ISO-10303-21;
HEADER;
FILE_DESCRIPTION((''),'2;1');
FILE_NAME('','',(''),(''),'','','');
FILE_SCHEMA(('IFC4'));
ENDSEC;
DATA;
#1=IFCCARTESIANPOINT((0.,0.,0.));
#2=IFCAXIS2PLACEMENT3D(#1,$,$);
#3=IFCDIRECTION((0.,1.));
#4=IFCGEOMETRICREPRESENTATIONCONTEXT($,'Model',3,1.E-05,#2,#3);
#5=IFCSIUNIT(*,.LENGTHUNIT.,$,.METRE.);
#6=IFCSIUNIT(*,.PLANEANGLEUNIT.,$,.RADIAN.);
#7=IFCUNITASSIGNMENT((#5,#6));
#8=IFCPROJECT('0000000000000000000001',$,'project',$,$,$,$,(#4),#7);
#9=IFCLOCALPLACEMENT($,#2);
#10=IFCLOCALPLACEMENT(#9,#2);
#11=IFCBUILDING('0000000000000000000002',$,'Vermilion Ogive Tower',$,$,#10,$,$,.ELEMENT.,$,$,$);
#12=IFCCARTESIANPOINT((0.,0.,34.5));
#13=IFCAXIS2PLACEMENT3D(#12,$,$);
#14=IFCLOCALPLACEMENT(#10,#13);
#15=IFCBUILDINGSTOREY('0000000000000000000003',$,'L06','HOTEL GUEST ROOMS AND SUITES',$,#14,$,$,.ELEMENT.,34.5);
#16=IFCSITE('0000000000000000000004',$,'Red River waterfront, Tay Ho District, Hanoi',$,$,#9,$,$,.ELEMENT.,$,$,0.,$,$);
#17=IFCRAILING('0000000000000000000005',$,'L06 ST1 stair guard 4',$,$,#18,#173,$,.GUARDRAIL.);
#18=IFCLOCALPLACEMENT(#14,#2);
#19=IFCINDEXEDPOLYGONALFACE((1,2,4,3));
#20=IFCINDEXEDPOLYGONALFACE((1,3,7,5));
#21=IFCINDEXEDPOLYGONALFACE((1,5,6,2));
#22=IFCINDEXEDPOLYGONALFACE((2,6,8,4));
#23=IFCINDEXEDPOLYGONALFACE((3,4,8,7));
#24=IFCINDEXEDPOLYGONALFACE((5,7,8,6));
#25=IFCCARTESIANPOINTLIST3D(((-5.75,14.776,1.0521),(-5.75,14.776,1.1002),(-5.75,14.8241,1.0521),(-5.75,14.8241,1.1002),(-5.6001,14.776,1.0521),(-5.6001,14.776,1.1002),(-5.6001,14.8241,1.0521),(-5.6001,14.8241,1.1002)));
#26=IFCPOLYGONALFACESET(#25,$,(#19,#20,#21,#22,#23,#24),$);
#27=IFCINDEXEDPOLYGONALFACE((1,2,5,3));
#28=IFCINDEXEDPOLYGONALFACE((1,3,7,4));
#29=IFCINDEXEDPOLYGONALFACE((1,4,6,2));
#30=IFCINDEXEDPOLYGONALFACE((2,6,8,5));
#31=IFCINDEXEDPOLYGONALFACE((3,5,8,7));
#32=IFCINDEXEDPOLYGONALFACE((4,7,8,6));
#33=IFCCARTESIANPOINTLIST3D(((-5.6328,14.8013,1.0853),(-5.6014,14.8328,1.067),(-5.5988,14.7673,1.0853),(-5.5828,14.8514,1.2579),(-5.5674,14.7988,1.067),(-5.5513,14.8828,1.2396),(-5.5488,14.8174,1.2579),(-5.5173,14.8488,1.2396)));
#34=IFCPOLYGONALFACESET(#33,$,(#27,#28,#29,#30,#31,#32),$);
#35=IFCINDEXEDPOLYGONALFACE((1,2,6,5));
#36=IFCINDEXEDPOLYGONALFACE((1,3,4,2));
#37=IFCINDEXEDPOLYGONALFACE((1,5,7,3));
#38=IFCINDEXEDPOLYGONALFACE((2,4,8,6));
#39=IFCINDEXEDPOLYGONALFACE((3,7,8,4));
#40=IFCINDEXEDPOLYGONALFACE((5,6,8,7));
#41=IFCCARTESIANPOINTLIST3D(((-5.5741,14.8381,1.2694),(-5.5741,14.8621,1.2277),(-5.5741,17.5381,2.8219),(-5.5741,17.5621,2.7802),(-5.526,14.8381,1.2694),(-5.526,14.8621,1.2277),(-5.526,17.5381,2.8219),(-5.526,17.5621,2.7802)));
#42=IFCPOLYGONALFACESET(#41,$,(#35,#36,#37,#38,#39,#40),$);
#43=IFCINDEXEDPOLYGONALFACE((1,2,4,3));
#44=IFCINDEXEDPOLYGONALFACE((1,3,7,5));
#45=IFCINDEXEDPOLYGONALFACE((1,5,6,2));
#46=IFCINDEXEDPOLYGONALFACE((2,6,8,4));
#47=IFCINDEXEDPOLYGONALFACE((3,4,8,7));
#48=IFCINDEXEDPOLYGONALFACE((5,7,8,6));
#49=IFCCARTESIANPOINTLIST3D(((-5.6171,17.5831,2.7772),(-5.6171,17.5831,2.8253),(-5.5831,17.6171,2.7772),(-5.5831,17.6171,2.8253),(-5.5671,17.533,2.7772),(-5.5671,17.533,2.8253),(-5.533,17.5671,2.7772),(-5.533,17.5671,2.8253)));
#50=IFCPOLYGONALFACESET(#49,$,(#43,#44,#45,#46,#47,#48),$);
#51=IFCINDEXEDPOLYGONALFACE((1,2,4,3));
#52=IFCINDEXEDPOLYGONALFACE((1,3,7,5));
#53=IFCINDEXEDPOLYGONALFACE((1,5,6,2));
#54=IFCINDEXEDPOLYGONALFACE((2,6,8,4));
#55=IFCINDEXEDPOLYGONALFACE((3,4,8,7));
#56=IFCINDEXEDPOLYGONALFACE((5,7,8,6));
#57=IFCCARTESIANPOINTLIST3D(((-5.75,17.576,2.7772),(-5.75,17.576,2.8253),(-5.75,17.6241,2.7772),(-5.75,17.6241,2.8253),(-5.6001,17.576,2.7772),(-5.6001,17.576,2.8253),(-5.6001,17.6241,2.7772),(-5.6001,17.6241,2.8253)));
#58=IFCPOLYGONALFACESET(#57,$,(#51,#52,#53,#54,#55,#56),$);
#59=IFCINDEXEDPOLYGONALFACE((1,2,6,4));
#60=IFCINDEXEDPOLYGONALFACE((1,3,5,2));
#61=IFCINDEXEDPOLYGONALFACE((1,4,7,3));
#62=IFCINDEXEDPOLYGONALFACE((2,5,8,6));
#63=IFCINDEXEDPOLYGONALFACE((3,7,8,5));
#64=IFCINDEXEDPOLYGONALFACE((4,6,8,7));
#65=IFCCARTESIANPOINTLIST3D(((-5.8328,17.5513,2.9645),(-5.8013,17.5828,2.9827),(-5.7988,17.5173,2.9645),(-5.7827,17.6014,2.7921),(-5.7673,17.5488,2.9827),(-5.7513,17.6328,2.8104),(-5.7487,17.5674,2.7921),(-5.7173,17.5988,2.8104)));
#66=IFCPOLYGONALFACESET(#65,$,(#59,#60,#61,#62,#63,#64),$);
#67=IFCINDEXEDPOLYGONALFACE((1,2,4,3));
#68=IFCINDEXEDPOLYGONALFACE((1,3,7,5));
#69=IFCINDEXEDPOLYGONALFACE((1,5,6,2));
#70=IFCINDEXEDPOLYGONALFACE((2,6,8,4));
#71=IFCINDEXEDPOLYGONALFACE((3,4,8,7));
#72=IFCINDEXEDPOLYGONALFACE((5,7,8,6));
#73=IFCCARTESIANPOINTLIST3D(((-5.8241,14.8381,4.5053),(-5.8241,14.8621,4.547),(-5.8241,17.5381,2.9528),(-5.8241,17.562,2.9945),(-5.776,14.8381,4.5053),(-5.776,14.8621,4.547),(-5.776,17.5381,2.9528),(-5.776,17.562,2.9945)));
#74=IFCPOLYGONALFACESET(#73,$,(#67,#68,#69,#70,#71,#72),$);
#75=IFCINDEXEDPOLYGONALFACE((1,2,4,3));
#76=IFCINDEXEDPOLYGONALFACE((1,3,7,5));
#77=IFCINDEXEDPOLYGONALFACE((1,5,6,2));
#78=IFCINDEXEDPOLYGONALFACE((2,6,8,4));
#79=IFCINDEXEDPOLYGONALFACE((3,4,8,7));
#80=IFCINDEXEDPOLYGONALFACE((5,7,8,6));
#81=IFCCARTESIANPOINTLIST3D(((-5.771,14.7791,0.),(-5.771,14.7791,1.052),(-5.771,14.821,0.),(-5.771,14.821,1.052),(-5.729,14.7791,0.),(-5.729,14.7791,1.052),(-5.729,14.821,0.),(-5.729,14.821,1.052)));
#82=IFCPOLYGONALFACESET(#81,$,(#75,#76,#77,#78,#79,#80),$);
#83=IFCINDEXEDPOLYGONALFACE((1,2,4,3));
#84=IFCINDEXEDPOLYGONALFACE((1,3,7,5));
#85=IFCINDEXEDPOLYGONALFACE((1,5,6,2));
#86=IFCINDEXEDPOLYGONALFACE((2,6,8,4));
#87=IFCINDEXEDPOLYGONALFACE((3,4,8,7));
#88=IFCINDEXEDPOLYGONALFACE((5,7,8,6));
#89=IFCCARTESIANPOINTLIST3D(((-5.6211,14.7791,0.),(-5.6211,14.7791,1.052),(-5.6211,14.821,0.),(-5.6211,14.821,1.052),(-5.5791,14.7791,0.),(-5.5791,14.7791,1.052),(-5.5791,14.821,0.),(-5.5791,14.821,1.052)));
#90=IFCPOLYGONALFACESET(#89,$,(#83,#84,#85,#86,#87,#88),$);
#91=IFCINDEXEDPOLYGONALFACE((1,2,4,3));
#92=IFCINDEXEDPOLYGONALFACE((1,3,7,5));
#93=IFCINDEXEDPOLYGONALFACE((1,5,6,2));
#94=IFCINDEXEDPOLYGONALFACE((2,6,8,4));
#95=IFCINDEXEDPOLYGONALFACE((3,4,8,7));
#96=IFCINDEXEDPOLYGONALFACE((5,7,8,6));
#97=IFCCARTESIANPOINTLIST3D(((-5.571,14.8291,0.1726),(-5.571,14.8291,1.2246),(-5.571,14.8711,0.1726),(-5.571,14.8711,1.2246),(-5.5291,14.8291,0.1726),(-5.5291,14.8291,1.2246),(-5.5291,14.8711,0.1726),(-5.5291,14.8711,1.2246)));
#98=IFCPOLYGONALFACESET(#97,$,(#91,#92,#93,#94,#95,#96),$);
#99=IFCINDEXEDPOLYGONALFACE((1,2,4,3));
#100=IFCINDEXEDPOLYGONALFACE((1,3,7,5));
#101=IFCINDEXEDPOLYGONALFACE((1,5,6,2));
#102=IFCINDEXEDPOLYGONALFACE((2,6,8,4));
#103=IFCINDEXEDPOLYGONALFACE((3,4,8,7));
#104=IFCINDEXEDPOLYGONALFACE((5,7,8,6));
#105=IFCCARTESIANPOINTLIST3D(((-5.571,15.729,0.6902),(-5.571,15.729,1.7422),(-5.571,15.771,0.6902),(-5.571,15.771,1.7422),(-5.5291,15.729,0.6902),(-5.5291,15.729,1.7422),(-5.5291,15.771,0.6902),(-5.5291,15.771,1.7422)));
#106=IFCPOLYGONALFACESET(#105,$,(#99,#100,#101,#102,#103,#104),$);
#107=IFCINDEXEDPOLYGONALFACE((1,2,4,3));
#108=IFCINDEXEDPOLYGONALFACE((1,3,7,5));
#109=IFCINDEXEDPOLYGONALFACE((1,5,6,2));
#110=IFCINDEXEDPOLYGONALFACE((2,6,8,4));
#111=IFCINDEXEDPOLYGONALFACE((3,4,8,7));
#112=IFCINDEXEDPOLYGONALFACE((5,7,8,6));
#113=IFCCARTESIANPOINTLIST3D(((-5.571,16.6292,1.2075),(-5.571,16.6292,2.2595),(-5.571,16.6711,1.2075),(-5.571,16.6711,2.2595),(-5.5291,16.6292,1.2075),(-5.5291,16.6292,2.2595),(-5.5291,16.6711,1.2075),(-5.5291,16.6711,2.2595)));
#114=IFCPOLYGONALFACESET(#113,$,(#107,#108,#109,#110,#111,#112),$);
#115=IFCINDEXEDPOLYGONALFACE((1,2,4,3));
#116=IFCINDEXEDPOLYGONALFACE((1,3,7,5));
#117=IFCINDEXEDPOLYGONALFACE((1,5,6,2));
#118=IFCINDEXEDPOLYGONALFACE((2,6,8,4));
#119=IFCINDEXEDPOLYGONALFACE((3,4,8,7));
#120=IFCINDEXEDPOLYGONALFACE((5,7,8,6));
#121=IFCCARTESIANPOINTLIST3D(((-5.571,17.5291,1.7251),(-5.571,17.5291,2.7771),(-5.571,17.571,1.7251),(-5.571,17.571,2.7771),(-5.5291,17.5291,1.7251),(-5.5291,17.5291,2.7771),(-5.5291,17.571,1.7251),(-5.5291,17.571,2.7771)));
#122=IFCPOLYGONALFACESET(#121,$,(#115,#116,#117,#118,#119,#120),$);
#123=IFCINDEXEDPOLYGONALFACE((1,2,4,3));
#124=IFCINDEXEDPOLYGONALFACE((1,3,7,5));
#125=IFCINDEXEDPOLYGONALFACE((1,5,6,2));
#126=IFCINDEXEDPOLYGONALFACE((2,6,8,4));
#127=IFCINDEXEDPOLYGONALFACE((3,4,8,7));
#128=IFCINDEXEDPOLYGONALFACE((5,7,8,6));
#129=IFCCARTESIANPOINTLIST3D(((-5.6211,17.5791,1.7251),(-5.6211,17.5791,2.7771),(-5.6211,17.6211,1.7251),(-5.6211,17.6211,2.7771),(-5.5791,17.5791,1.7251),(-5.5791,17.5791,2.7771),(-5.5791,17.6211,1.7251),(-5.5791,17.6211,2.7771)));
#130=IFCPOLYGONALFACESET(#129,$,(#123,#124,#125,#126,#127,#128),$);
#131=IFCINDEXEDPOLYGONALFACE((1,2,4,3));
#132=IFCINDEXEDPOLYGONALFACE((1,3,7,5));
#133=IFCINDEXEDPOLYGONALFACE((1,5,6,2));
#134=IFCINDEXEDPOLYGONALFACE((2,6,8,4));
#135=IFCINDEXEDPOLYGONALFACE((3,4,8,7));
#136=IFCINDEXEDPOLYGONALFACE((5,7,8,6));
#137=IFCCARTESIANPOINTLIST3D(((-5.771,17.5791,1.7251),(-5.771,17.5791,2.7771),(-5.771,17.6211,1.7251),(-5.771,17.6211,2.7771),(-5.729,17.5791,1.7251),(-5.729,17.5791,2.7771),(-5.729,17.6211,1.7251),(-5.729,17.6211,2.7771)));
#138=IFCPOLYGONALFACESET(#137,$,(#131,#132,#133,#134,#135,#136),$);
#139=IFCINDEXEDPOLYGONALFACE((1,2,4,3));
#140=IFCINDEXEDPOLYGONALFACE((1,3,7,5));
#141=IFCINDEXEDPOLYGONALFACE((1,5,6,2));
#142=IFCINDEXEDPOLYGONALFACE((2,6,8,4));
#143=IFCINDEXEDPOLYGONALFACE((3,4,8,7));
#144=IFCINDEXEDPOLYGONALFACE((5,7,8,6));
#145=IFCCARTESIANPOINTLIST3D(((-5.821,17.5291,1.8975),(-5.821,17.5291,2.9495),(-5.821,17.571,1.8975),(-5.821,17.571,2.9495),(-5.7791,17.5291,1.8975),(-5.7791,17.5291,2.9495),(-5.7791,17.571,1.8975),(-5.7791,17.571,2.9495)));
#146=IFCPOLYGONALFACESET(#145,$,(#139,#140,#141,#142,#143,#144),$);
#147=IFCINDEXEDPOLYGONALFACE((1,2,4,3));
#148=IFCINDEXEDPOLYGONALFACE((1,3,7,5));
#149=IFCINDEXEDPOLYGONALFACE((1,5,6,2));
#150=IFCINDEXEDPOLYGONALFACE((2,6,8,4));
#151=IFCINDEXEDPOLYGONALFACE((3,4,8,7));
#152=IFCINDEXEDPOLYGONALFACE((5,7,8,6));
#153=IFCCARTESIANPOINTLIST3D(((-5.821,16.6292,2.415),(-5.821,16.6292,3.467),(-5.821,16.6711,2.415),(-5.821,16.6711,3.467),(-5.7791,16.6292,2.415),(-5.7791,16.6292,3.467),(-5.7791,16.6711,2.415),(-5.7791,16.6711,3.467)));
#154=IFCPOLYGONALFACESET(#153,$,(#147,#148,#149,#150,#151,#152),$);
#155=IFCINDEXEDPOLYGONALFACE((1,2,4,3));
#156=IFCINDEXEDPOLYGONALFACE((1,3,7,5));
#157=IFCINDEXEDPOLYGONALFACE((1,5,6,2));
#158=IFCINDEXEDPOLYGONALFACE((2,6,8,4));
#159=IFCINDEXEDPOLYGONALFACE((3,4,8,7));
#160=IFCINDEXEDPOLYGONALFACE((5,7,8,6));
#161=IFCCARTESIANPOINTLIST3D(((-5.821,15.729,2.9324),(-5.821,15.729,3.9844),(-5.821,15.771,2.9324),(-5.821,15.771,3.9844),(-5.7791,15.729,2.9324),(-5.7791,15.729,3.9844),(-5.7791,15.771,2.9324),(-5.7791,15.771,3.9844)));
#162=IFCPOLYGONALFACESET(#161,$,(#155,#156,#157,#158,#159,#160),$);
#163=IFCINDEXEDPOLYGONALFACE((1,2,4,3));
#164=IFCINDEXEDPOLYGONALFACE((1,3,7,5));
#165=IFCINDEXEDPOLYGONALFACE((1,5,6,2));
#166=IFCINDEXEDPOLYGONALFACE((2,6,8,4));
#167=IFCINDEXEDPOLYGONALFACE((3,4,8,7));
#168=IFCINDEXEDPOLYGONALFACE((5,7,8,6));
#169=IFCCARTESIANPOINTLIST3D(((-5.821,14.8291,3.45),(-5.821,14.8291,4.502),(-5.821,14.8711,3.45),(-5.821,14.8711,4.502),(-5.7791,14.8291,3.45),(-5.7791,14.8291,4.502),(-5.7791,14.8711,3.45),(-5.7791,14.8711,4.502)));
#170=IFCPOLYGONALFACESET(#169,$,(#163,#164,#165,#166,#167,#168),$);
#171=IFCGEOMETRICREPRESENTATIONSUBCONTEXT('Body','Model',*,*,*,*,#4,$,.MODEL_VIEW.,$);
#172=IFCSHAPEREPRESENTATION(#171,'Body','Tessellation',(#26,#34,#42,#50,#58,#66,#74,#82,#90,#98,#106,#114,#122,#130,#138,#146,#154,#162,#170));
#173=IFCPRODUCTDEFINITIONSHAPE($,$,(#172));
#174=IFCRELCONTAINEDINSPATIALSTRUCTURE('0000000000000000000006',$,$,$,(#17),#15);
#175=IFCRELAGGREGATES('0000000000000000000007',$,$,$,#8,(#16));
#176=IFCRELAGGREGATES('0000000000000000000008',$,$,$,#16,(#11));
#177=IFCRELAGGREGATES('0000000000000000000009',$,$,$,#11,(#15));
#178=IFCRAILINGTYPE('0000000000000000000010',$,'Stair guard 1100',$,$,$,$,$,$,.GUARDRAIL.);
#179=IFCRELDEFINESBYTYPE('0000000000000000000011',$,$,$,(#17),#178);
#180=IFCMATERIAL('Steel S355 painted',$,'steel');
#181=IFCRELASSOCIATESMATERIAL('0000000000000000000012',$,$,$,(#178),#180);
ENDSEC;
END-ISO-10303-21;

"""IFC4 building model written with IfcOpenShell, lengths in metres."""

from ifc_helpers import new_model, si_unit, direction, frame, origin, origin_2d, place, context, subcontext, project, spatial, rectangle, extrude, material, type_object, element, save


model = new_model("IFC4")

# Units and contexts
model_context = context("Model", 3, precision=1e-05, world=origin(), true_north=direction((0.0, 1.0)))
body_context = subcontext(model_context, "Body", "Model", "MODEL_VIEW")
ifc_project = project(units=[si_unit("LENGTHUNIT", "METRE"), si_unit("PLANEANGLEUNIT", "RADIAN")], contexts=[model_context])

# Site, building, storey
site_placement = place(None, origin())
site = spatial("IfcSite", under=ifc_project, at=site_placement, Name="Red River waterfront, Tay Ho District, Hanoi", CompositionType="ELEMENT", RefElevation=0.0)
building_placement = place(site_placement, origin())
building = spatial("IfcBuilding", under=site, at=building_placement, Name="Vermilion Ogive Tower", CompositionType="ELEMENT")
storey_placement = place(building_placement, frame((0.0, 0.0, 34.5)))
storey = spatial("IfcBuildingStorey", under=building, at=storey_placement, Name="L06", Description="HOTEL GUEST ROOMS AND SUITES", CompositionType="ELEMENT", Elevation=34.5)

# Railing
ifc_material_1 = material(Name="Steel S355 painted", Category="steel")
railing_type = type_object("IfcRailingType", Name="Stair guard 1100", PredefinedType="GUARDRAIL", material=ifc_material_1)
railing_placement = place(storey_placement, frame((-5.75, 14.8, 0.0)))
element("IfcRailing", 1, at=railing_placement, inside=storey, type_object=railing_type, Name="L06 ST1 stair guard 4", PredefinedType="GUARDRAIL", context=body_context, shape_type="SweptSolid", body=[
    extrude(rectangle(XDim=0.0481, YDim=0.0481, at=origin_2d()), frame((0.0, 0.0, 1.0762), z_axis=(1.0, 0.0, 0.0), x_axis=(0.0, 1.0, 0.0)), (0.0, 0.0, 1.0), 0.1499),
    extrude(rectangle(XDim=0.0481, YDim=0.0481, at=origin_2d()), frame((0.1499, 0.0, 1.0762), z_axis=(0.268278, 0.268278, 0.925232), x_axis=(-0.707107, 0.707107, 0.0)), (0.0, 0.0, 1.0), 0.1865),
    extrude(rectangle(XDim=0.0481, YDim=0.0481, at=origin_2d()), frame((0.2, 0.05, 1.2485), z_axis=(0.0, 0.866904, 0.498476), x_axis=(-1.0, 0.0, 0.0)), (0.0, 0.0, 1.0), 3.1145),
    extrude(rectangle(XDim=0.0481, YDim=0.0481, at=origin_2d()), frame((0.2, 2.75, 2.8013), z_axis=(-0.707107, 0.707107, 0.0), x_axis=(-0.707107, -0.707107, 0.0)), (0.0, 0.0, 1.0), 0.0708),
    extrude(rectangle(XDim=0.0481, YDim=0.0481, at=origin_2d()), frame((0.1499, 2.8, 2.8013), z_axis=(-1.0, 0.0, 0.0), x_axis=(0.0, -1.0, 0.0)), (0.0, 0.0, 1.0), 0.1499),
    extrude(rectangle(XDim=0.0481, YDim=0.0481, at=origin_2d()), frame((0.0, 2.8, 2.8013), z_axis=(-0.268603, -0.268603, 0.925043), x_axis=(0.707107, -0.707107, 0.0)), (0.0, 0.0, 1.0), 0.1863),
    extrude(rectangle(XDim=0.0481, YDim=0.0481, at=origin_2d()), frame((-0.05, 2.75, 2.9736), z_axis=(0.0, -0.866904, 0.498476), x_axis=(1.0, 0.0, 0.0)), (0.0, 0.0, 1.0), 3.1145),
    extrude(rectangle(XDim=0.042, YDim=0.042, at=origin_2d()), origin(), (0.0, 0.0, 1.0), 1.052),
    extrude(rectangle(XDim=0.042, YDim=0.042, at=origin_2d()), frame((0.1499, 0.0, 0.0)), (0.0, 0.0, 1.0), 1.052),
    extrude(rectangle(XDim=0.042, YDim=0.042, at=origin_2d()), frame((0.2, 0.05, 0.1726)), (0.0, 0.0, 1.0), 1.052),
    extrude(rectangle(XDim=0.042, YDim=0.042, at=origin_2d()), frame((0.2, 0.95, 0.6902)), (0.0, 0.0, 1.0), 1.052),
    extrude(rectangle(XDim=0.042, YDim=0.042, at=origin_2d()), frame((0.2, 1.8501, 1.2075)), (0.0, 0.0, 1.0), 1.052),
    extrude(rectangle(XDim=0.042, YDim=0.042, at=origin_2d()), frame((0.2, 2.75, 1.7251)), (0.0, 0.0, 1.0), 1.052),
    extrude(rectangle(XDim=0.042, YDim=0.042, at=origin_2d()), frame((0.1499, 2.8, 1.7251)), (0.0, 0.0, 1.0), 1.052),
    extrude(rectangle(XDim=0.042, YDim=0.042, at=origin_2d()), frame((0.0, 2.8, 1.7251)), (0.0, 0.0, 1.0), 1.052),
    extrude(rectangle(XDim=0.042, YDim=0.042, at=origin_2d()), frame((-0.05, 2.75, 1.8975)), (0.0, 0.0, 1.0), 1.052),
    extrude(rectangle(XDim=0.042, YDim=0.042, at=origin_2d()), frame((-0.05, 1.8501, 2.415)), (0.0, 0.0, 1.0), 1.052),
    extrude(rectangle(XDim=0.042, YDim=0.042, at=origin_2d()), frame((-0.05, 0.95, 2.9324)), (0.0, 0.0, 1.0), 1.052),
    extrude(rectangle(XDim=0.042, YDim=0.042, at=origin_2d()), frame((-0.05, 0.05, 3.45)), (0.0, 0.0, 1.0), 1.052),
])

save(model, "model.ifc")
